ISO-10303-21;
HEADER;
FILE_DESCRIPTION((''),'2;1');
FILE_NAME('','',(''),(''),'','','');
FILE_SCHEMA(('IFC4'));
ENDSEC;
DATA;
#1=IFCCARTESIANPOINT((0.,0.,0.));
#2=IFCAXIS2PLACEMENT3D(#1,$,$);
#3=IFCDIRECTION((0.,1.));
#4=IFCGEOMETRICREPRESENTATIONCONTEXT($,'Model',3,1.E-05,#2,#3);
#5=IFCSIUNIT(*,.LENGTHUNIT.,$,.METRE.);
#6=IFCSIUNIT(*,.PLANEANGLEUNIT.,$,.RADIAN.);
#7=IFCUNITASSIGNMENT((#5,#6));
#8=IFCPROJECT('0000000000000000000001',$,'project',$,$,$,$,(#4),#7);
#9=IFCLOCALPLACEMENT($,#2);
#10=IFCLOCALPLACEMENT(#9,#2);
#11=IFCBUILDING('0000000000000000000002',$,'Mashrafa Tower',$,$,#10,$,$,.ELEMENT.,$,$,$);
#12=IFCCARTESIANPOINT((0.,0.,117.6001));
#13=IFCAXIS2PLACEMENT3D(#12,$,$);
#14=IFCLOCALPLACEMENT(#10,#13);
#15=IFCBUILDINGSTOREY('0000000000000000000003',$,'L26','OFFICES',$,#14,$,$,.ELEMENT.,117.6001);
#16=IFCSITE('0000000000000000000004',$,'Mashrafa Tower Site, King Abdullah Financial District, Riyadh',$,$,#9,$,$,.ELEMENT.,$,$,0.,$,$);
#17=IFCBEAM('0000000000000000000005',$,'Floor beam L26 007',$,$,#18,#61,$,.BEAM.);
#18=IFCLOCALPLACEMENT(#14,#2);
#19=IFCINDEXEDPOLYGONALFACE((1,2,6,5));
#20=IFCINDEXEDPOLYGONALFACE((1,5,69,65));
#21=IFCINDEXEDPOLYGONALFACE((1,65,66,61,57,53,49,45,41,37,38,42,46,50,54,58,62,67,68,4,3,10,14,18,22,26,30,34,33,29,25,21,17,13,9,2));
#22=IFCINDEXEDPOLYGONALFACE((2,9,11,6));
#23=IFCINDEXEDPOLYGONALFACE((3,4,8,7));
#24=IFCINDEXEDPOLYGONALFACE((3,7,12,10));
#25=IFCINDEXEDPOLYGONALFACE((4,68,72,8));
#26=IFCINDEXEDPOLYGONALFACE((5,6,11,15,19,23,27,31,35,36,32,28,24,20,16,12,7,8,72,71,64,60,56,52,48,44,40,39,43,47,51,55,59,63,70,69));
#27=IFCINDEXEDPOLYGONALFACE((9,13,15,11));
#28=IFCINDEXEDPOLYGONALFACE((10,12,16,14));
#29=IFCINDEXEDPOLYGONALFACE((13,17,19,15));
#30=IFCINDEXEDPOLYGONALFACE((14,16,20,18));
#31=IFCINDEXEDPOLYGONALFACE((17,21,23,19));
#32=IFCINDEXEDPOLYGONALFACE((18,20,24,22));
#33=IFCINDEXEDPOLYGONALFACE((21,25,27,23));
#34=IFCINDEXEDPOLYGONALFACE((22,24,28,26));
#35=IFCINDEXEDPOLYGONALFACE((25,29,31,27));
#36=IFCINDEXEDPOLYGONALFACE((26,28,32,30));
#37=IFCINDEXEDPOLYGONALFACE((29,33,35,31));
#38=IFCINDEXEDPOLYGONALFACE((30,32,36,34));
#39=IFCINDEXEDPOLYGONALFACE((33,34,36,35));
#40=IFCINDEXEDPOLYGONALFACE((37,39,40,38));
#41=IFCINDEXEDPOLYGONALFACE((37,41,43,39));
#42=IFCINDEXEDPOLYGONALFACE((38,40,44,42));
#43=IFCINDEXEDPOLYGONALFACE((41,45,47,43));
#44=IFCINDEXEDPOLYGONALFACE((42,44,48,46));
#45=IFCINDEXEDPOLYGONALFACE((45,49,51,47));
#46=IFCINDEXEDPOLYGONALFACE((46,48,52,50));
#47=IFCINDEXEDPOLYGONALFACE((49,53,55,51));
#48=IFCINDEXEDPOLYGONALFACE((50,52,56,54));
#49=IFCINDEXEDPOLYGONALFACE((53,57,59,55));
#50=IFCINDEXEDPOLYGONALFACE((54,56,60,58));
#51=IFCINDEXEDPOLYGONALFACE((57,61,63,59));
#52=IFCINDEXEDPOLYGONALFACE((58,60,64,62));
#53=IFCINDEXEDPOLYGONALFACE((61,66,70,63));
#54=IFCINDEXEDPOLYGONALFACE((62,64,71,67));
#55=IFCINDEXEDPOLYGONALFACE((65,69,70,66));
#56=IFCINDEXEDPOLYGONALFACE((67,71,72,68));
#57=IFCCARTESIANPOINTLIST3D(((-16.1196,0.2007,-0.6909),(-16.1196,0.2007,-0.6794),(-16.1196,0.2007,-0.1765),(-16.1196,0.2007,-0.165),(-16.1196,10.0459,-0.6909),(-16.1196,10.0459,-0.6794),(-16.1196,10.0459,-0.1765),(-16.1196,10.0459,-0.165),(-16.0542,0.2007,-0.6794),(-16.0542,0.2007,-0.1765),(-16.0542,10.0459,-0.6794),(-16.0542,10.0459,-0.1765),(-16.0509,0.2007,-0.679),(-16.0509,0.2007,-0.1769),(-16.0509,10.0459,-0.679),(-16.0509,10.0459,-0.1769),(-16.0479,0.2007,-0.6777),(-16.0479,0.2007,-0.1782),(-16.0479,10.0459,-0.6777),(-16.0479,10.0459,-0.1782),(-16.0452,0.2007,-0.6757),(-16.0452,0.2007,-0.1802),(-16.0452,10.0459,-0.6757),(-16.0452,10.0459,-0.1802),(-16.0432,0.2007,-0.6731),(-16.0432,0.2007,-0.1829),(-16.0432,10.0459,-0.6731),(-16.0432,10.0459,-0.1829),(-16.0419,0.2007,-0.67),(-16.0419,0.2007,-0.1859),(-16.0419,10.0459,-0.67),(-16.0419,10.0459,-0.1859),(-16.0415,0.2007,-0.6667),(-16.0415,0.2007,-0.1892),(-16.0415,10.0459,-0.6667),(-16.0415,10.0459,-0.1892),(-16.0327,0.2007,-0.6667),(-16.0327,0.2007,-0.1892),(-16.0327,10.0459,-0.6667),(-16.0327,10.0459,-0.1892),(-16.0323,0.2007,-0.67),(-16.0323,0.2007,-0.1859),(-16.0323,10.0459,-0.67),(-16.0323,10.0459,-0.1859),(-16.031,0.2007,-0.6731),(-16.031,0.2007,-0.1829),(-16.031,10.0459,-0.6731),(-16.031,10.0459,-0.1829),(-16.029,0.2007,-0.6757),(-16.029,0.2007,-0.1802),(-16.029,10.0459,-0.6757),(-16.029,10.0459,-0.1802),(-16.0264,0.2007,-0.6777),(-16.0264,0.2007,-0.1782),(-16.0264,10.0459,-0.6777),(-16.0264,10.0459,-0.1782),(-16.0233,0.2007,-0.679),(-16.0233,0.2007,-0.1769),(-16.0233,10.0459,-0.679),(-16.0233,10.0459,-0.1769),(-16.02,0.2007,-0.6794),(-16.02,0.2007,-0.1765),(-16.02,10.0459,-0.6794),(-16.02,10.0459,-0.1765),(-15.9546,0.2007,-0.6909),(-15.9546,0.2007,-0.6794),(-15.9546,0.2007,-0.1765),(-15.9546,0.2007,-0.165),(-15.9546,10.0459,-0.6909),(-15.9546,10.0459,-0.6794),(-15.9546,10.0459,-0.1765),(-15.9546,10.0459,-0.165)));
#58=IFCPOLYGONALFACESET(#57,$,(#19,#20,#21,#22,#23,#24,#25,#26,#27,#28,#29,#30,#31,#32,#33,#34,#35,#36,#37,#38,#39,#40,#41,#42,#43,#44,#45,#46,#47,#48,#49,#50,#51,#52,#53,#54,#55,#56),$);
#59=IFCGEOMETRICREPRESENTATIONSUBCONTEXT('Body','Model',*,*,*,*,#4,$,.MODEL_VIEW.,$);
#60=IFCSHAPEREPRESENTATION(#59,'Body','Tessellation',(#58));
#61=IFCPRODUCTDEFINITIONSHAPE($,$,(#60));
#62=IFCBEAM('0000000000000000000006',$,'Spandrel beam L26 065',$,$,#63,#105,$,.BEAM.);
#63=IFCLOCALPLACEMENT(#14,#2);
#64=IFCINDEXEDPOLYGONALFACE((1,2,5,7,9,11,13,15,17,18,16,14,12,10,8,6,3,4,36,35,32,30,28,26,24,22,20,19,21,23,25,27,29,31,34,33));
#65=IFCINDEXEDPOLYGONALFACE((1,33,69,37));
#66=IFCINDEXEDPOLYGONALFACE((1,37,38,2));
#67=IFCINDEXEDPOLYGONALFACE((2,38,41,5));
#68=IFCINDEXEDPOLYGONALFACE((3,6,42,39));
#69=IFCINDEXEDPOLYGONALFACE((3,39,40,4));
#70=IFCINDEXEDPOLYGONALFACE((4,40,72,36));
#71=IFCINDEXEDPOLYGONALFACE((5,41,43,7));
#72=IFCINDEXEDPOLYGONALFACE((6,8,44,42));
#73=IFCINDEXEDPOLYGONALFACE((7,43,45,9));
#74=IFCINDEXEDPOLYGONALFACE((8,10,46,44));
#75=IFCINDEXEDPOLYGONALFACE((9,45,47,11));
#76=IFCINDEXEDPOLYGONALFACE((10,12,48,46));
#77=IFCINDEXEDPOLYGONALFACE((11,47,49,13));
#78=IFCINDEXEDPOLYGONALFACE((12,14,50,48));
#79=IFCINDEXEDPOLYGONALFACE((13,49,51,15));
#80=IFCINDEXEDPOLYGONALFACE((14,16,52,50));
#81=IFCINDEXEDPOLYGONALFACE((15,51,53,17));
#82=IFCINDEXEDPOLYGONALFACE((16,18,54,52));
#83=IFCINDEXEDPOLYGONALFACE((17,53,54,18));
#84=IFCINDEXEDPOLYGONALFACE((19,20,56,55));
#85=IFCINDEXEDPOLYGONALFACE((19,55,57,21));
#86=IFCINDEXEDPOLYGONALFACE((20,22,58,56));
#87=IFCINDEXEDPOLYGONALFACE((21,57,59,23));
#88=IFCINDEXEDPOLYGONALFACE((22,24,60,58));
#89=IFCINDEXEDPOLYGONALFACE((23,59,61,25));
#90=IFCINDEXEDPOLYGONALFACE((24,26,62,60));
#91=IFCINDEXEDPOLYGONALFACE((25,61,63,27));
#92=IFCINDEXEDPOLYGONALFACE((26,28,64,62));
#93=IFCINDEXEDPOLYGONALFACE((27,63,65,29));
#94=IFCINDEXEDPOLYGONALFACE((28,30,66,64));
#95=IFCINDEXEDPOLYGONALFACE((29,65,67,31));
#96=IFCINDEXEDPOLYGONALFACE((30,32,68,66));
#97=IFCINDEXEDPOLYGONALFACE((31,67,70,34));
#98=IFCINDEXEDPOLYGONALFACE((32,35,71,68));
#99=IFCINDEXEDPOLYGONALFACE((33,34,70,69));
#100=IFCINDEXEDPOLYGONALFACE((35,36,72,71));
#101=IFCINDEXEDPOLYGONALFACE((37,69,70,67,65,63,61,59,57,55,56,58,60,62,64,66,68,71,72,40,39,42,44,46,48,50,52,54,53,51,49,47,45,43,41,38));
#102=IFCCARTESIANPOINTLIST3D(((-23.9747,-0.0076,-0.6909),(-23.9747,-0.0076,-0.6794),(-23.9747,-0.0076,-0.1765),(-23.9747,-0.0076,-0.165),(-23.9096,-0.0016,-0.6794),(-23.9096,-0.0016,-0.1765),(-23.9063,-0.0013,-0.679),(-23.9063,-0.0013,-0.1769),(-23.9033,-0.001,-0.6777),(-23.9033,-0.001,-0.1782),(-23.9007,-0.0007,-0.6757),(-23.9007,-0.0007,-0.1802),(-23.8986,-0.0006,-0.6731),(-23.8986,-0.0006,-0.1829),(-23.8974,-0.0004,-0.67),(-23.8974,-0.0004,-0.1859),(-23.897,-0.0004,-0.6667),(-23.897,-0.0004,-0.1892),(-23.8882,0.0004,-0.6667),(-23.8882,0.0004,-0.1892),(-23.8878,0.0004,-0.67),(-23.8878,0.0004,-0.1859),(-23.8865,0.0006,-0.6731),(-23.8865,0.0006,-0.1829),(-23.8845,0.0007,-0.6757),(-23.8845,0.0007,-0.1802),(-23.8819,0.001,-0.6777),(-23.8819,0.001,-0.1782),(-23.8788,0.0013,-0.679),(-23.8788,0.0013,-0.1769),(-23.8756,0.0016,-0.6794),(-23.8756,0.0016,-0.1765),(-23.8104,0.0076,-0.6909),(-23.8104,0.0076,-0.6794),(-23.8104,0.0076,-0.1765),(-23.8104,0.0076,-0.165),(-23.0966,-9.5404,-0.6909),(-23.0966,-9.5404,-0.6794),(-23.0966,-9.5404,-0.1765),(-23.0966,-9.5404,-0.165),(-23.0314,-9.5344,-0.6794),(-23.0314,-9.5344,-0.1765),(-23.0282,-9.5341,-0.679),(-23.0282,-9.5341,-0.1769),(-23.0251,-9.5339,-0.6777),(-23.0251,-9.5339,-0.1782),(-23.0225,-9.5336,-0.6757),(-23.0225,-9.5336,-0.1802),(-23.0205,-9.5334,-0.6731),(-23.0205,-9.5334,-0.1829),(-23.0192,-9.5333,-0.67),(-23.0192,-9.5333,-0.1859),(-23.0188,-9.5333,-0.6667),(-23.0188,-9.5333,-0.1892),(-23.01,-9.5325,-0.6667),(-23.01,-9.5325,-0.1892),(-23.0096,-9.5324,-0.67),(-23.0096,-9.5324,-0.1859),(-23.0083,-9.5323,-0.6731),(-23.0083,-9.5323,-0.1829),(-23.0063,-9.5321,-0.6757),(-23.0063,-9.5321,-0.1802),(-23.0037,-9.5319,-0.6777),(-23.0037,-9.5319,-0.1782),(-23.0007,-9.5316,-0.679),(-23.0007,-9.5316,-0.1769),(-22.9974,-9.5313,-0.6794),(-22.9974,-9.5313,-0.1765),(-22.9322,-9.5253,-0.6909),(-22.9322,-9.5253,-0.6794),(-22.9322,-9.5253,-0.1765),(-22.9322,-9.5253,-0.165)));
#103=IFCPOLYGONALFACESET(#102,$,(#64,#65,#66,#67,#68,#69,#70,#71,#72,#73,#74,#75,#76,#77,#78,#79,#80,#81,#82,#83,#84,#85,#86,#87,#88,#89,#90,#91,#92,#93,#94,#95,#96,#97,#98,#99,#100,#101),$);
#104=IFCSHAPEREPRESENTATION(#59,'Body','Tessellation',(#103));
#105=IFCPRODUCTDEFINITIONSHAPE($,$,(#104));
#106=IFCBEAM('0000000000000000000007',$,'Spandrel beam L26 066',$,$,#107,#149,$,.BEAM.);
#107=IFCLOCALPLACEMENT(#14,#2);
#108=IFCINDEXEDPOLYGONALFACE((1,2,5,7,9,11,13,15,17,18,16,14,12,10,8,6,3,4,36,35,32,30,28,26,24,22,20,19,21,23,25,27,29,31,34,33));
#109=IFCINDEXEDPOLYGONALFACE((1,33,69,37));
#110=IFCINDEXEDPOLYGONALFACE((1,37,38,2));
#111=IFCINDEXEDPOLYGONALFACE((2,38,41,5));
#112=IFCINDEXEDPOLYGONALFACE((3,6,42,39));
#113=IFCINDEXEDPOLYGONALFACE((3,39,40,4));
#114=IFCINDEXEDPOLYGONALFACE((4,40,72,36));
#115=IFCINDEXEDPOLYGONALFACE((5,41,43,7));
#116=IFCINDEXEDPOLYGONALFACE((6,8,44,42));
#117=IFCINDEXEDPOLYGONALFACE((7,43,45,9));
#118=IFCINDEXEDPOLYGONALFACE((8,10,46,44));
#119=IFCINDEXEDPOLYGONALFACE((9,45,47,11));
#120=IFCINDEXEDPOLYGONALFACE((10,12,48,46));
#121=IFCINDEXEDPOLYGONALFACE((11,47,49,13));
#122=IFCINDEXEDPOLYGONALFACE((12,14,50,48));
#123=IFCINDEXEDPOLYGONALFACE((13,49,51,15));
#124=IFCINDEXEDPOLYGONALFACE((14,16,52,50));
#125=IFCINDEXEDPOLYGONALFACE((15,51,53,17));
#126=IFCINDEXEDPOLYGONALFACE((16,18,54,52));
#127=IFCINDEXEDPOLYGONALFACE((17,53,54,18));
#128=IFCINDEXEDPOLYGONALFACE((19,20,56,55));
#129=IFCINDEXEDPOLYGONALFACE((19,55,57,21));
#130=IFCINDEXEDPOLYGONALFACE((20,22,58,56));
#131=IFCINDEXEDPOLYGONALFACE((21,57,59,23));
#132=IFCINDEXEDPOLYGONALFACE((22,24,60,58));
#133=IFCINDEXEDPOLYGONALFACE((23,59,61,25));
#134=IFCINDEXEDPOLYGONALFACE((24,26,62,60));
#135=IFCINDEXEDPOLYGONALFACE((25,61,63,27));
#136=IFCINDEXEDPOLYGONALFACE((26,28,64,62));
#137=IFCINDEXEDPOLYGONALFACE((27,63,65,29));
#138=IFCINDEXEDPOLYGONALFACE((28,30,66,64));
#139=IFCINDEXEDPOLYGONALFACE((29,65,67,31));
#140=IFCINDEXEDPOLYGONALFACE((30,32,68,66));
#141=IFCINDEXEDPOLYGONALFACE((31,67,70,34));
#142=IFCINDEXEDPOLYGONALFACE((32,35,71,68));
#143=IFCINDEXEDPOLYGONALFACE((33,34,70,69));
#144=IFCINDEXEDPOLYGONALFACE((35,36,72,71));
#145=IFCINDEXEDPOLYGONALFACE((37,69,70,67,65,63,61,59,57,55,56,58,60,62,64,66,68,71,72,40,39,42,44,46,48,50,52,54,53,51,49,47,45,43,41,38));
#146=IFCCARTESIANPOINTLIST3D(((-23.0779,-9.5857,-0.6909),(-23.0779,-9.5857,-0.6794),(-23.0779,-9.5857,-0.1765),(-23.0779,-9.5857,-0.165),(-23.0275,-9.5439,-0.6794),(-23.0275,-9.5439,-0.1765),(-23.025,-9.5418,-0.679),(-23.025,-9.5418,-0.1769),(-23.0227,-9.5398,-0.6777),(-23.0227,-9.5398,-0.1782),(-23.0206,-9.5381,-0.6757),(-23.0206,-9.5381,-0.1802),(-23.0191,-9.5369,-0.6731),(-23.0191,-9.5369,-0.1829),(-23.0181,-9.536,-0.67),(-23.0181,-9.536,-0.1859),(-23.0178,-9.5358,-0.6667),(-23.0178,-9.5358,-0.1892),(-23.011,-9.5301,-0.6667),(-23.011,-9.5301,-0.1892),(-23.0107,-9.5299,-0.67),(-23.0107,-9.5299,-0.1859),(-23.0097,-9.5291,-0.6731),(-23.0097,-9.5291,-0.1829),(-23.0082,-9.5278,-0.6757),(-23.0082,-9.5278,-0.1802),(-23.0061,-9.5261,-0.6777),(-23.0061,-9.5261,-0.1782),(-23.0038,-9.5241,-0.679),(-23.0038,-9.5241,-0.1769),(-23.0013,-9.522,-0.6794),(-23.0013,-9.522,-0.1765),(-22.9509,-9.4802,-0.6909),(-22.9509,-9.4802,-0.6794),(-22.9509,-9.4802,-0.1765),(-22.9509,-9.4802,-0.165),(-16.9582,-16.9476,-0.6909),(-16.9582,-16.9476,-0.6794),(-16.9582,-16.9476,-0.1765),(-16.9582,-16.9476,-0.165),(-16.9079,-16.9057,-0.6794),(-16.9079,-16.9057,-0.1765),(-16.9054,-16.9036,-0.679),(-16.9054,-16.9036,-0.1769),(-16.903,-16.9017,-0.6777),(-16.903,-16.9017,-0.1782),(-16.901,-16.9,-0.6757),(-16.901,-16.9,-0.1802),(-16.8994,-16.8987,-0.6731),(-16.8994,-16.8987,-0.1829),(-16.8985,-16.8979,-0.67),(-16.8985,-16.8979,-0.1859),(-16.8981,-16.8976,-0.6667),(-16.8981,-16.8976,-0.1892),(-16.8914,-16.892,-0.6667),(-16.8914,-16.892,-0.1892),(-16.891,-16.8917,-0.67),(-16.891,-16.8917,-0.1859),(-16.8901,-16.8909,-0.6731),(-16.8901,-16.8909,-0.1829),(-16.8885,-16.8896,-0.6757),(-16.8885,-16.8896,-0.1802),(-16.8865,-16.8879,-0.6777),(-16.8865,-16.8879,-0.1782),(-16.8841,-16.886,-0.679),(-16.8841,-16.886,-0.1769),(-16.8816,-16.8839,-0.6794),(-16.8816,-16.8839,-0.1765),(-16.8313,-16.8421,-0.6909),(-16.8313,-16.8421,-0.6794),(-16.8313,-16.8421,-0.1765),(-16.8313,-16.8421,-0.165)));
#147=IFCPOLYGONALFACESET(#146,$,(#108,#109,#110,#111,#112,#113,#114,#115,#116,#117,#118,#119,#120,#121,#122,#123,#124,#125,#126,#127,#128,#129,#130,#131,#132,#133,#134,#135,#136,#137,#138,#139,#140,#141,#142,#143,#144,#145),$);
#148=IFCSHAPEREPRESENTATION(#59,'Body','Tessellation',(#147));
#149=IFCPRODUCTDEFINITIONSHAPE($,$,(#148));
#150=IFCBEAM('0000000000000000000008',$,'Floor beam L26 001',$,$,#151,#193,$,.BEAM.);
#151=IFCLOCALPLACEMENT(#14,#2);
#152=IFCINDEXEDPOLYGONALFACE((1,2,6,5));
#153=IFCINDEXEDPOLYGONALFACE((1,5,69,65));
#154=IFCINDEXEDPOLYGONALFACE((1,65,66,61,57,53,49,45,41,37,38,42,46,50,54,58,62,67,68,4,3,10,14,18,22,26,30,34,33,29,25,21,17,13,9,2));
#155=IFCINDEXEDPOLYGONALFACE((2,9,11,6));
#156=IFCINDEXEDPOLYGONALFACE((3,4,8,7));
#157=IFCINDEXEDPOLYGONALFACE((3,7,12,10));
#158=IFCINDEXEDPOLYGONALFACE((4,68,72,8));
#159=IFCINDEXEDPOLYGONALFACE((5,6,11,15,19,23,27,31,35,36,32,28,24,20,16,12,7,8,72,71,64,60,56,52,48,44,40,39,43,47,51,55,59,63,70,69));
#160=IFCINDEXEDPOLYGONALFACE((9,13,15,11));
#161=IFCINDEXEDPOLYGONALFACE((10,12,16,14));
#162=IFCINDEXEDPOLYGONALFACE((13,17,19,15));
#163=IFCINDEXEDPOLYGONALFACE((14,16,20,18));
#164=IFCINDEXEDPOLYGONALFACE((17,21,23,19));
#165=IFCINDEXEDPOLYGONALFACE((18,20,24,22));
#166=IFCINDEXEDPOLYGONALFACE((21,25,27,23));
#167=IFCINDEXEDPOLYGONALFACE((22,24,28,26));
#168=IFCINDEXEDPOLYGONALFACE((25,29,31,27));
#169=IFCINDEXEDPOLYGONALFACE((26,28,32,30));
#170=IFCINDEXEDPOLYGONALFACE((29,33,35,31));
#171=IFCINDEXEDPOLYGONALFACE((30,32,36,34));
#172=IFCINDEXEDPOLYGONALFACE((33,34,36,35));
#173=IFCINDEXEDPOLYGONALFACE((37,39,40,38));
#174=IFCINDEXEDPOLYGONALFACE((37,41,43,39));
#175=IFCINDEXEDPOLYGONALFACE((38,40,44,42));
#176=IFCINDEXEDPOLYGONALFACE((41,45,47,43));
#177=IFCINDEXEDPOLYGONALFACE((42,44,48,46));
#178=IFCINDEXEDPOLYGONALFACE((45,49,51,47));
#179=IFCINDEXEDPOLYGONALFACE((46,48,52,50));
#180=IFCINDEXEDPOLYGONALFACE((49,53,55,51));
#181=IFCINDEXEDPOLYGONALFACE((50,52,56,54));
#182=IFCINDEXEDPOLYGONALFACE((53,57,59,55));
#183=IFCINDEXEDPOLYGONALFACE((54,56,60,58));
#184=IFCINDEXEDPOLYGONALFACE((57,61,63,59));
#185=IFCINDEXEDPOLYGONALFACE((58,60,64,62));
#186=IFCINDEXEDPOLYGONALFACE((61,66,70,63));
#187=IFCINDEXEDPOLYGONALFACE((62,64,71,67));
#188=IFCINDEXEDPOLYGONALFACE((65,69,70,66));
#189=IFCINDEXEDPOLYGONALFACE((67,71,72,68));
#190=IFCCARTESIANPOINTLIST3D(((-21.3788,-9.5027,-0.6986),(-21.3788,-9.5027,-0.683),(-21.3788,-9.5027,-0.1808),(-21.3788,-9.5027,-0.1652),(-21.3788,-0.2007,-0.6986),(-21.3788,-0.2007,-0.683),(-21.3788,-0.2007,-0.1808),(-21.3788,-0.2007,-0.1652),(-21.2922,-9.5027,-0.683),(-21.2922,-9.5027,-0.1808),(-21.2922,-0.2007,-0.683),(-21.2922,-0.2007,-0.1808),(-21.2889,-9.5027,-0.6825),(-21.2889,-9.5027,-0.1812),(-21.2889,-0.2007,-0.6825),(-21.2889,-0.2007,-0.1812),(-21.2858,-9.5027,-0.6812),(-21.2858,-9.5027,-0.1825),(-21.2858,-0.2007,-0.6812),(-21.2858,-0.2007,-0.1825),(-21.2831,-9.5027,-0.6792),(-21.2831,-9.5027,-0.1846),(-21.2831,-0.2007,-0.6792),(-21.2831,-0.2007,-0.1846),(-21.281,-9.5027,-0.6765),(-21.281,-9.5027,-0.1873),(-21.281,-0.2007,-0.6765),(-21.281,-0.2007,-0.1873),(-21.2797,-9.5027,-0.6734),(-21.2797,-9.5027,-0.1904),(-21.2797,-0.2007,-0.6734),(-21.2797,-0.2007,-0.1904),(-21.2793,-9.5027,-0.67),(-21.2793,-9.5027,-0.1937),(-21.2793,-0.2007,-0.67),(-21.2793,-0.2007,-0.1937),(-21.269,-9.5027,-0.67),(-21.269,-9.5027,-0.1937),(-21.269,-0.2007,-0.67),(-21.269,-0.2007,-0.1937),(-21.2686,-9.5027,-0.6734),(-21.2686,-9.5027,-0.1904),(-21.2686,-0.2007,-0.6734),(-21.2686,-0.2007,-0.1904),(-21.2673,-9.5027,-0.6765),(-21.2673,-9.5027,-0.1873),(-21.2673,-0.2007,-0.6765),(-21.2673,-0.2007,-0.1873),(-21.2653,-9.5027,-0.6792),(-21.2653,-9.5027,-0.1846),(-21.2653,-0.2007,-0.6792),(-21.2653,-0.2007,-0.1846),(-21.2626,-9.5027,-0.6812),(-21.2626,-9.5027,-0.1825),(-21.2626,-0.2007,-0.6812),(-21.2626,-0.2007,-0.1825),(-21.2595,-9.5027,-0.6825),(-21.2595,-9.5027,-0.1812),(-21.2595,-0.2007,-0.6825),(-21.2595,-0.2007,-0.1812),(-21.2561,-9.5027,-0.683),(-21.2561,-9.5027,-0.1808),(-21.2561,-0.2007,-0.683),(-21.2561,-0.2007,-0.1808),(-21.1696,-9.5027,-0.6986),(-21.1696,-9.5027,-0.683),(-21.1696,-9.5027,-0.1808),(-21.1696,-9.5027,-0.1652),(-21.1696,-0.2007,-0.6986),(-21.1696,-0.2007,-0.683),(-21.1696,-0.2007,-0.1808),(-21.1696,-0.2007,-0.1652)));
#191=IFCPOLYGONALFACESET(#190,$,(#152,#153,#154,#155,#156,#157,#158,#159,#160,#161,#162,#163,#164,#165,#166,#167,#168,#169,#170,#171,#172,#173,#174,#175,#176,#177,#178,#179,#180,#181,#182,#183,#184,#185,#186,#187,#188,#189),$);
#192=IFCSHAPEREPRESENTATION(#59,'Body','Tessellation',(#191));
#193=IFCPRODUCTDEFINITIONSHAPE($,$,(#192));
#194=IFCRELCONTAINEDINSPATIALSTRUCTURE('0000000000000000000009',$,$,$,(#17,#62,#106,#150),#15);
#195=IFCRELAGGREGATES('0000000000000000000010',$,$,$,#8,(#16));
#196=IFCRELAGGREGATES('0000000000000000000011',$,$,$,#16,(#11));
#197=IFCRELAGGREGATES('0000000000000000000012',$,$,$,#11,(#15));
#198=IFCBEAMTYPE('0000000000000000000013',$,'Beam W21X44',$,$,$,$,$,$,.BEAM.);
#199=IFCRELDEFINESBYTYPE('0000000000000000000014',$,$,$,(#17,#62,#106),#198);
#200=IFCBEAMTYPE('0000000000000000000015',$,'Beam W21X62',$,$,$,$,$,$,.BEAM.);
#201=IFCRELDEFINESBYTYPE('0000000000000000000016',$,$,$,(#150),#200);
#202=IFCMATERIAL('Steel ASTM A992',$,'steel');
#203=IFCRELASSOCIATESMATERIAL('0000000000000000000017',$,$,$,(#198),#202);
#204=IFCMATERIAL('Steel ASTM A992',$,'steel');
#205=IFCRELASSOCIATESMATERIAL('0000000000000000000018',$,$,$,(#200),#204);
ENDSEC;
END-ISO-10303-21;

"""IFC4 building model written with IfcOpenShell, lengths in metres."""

from ifc_helpers import new_model, si_unit, direction, frame, origin, origin_2d, place, context, subcontext, project, spatial, i_section, extrude, material, material_profile, profile_set, type_object, element, save


model = new_model("IFC4")

# Units and contexts
model_context = context("Model", 3, precision=1e-05, world=origin(), true_north=direction((0.0, 1.0)))
body_context = subcontext(model_context, "Body", "Model", "MODEL_VIEW")
ifc_project = project(units=[si_unit("LENGTHUNIT", "METRE"), si_unit("PLANEANGLEUNIT", "RADIAN")], contexts=[model_context])

# Site, building, storey
site_placement = place(None, origin())
site = spatial("IfcSite", under=ifc_project, at=site_placement, Name="Mashrafa Tower Site, King Abdullah Financial District, Riyadh", CompositionType="ELEMENT", RefElevation=0.0)
building_placement = place(site_placement, origin())
building = spatial("IfcBuilding", under=site, at=building_placement, Name="Mashrafa Tower", CompositionType="ELEMENT")
storey_placement = place(building_placement, frame((0.0, 0.0, 117.6001)))
storey = spatial("IfcBuildingStorey", under=building, at=storey_placement, Name="L26", Description="OFFICES", CompositionType="ELEMENT", Elevation=117.6001)

# Beams
ifc_material_1 = material(Name="Steel ASTM A992", Category="steel")
ifc_material_profile_1 = material_profile(ifc_material_1, i_section(OverallWidth=0.165, OverallDepth=0.5259, WebThickness=0.0088, FlangeThickness=0.0115, FilletRadius=0.0127, at=origin_2d()), Name="W21X44")
ifc_profile_set_1 = profile_set([ifc_material_profile_1], Name="Steel ASTM A992")
beam_type_1 = type_object("IfcBeamType", Name="Beam W21X44", PredefinedType="BEAM", material=ifc_profile_set_1)
for number, where, z_axis, x_axis, name in (
    (1, (-16.0371, 0.2007, -0.428), (0.0, 1.0, 0.0), (-1.0, 0.0, 0.0), "Floor beam L26 007"),
):
    element("IfcBeam", number, at=place(storey_placement, frame(where, z_axis=z_axis, x_axis=x_axis)), inside=storey, type_object=beam_type_1, Name=name, PredefinedType="BEAM", context=body_context, shape_type="SweptSolid", body=[
        extrude(i_section(OverallWidth=0.165, OverallDepth=0.5259, WebThickness=0.0088, FlangeThickness=0.0115, FilletRadius=0.0127, at=origin_2d()), origin(), (0.0, 0.0, 1.0), 9.8452),
    ])
for number, where, z_axis, x_axis, name in (
    (2, (-23.8926, 0.0, -0.428), (0.091731, -0.995784, 0.0), (0.995784, 0.091731, 0.0), "Spandrel beam L26 065"),
    (3, (-23.0144, -9.533, -0.428), (0.639246, -0.769003, 0.0), (0.769003, 0.639246, 0.0), "Spandrel beam L26 066"),
):
    element("IfcBeam", number, at=place(storey_placement, frame(where, z_axis=z_axis, x_axis=x_axis)), inside=storey, type_object=beam_type_1, Name=name, PredefinedType="BEAM", context=body_context, shape_type="SweptSolid", body=[
        extrude(i_section(OverallWidth=0.165, OverallDepth=0.5259, WebThickness=0.0088, FlangeThickness=0.0115, FilletRadius=0.0127, at=origin_2d()), origin(), (0.0, 0.0, 1.0), 9.5732),
    ])
ifc_material_2 = material(Name="Steel ASTM A992", Category="steel")
ifc_material_profile_2 = material_profile(ifc_material_2, i_section(OverallWidth=0.2092, OverallDepth=0.5334, WebThickness=0.0103, FlangeThickness=0.0156, FilletRadius=0.0129, at=origin_2d()), Name="W21X62")
ifc_profile_set_2 = profile_set([ifc_material_profile_2], Name="Steel ASTM A992")
beam_type_2 = type_object("IfcBeamType", Name="Beam W21X62", PredefinedType="BEAM", material=ifc_profile_set_2)
for number, where, z_axis, x_axis, name in (
    (4, (-21.2742, -9.5027, -0.4319), (0.0, 1.0, 0.0), (-1.0, 0.0, 0.0), "Floor beam L26 001"),
):
    element("IfcBeam", number, at=place(storey_placement, frame(where, z_axis=z_axis, x_axis=x_axis)), inside=storey, type_object=beam_type_2, Name=name, PredefinedType="BEAM", context=body_context, shape_type="SweptSolid", body=[
        extrude(i_section(OverallWidth=0.2092, OverallDepth=0.5334, WebThickness=0.0103, FlangeThickness=0.0156, FilletRadius=0.0129, at=origin_2d()), origin(), (0.0, 0.0, 1.0), 9.302),
    ])

save(model, "model.ifc")
